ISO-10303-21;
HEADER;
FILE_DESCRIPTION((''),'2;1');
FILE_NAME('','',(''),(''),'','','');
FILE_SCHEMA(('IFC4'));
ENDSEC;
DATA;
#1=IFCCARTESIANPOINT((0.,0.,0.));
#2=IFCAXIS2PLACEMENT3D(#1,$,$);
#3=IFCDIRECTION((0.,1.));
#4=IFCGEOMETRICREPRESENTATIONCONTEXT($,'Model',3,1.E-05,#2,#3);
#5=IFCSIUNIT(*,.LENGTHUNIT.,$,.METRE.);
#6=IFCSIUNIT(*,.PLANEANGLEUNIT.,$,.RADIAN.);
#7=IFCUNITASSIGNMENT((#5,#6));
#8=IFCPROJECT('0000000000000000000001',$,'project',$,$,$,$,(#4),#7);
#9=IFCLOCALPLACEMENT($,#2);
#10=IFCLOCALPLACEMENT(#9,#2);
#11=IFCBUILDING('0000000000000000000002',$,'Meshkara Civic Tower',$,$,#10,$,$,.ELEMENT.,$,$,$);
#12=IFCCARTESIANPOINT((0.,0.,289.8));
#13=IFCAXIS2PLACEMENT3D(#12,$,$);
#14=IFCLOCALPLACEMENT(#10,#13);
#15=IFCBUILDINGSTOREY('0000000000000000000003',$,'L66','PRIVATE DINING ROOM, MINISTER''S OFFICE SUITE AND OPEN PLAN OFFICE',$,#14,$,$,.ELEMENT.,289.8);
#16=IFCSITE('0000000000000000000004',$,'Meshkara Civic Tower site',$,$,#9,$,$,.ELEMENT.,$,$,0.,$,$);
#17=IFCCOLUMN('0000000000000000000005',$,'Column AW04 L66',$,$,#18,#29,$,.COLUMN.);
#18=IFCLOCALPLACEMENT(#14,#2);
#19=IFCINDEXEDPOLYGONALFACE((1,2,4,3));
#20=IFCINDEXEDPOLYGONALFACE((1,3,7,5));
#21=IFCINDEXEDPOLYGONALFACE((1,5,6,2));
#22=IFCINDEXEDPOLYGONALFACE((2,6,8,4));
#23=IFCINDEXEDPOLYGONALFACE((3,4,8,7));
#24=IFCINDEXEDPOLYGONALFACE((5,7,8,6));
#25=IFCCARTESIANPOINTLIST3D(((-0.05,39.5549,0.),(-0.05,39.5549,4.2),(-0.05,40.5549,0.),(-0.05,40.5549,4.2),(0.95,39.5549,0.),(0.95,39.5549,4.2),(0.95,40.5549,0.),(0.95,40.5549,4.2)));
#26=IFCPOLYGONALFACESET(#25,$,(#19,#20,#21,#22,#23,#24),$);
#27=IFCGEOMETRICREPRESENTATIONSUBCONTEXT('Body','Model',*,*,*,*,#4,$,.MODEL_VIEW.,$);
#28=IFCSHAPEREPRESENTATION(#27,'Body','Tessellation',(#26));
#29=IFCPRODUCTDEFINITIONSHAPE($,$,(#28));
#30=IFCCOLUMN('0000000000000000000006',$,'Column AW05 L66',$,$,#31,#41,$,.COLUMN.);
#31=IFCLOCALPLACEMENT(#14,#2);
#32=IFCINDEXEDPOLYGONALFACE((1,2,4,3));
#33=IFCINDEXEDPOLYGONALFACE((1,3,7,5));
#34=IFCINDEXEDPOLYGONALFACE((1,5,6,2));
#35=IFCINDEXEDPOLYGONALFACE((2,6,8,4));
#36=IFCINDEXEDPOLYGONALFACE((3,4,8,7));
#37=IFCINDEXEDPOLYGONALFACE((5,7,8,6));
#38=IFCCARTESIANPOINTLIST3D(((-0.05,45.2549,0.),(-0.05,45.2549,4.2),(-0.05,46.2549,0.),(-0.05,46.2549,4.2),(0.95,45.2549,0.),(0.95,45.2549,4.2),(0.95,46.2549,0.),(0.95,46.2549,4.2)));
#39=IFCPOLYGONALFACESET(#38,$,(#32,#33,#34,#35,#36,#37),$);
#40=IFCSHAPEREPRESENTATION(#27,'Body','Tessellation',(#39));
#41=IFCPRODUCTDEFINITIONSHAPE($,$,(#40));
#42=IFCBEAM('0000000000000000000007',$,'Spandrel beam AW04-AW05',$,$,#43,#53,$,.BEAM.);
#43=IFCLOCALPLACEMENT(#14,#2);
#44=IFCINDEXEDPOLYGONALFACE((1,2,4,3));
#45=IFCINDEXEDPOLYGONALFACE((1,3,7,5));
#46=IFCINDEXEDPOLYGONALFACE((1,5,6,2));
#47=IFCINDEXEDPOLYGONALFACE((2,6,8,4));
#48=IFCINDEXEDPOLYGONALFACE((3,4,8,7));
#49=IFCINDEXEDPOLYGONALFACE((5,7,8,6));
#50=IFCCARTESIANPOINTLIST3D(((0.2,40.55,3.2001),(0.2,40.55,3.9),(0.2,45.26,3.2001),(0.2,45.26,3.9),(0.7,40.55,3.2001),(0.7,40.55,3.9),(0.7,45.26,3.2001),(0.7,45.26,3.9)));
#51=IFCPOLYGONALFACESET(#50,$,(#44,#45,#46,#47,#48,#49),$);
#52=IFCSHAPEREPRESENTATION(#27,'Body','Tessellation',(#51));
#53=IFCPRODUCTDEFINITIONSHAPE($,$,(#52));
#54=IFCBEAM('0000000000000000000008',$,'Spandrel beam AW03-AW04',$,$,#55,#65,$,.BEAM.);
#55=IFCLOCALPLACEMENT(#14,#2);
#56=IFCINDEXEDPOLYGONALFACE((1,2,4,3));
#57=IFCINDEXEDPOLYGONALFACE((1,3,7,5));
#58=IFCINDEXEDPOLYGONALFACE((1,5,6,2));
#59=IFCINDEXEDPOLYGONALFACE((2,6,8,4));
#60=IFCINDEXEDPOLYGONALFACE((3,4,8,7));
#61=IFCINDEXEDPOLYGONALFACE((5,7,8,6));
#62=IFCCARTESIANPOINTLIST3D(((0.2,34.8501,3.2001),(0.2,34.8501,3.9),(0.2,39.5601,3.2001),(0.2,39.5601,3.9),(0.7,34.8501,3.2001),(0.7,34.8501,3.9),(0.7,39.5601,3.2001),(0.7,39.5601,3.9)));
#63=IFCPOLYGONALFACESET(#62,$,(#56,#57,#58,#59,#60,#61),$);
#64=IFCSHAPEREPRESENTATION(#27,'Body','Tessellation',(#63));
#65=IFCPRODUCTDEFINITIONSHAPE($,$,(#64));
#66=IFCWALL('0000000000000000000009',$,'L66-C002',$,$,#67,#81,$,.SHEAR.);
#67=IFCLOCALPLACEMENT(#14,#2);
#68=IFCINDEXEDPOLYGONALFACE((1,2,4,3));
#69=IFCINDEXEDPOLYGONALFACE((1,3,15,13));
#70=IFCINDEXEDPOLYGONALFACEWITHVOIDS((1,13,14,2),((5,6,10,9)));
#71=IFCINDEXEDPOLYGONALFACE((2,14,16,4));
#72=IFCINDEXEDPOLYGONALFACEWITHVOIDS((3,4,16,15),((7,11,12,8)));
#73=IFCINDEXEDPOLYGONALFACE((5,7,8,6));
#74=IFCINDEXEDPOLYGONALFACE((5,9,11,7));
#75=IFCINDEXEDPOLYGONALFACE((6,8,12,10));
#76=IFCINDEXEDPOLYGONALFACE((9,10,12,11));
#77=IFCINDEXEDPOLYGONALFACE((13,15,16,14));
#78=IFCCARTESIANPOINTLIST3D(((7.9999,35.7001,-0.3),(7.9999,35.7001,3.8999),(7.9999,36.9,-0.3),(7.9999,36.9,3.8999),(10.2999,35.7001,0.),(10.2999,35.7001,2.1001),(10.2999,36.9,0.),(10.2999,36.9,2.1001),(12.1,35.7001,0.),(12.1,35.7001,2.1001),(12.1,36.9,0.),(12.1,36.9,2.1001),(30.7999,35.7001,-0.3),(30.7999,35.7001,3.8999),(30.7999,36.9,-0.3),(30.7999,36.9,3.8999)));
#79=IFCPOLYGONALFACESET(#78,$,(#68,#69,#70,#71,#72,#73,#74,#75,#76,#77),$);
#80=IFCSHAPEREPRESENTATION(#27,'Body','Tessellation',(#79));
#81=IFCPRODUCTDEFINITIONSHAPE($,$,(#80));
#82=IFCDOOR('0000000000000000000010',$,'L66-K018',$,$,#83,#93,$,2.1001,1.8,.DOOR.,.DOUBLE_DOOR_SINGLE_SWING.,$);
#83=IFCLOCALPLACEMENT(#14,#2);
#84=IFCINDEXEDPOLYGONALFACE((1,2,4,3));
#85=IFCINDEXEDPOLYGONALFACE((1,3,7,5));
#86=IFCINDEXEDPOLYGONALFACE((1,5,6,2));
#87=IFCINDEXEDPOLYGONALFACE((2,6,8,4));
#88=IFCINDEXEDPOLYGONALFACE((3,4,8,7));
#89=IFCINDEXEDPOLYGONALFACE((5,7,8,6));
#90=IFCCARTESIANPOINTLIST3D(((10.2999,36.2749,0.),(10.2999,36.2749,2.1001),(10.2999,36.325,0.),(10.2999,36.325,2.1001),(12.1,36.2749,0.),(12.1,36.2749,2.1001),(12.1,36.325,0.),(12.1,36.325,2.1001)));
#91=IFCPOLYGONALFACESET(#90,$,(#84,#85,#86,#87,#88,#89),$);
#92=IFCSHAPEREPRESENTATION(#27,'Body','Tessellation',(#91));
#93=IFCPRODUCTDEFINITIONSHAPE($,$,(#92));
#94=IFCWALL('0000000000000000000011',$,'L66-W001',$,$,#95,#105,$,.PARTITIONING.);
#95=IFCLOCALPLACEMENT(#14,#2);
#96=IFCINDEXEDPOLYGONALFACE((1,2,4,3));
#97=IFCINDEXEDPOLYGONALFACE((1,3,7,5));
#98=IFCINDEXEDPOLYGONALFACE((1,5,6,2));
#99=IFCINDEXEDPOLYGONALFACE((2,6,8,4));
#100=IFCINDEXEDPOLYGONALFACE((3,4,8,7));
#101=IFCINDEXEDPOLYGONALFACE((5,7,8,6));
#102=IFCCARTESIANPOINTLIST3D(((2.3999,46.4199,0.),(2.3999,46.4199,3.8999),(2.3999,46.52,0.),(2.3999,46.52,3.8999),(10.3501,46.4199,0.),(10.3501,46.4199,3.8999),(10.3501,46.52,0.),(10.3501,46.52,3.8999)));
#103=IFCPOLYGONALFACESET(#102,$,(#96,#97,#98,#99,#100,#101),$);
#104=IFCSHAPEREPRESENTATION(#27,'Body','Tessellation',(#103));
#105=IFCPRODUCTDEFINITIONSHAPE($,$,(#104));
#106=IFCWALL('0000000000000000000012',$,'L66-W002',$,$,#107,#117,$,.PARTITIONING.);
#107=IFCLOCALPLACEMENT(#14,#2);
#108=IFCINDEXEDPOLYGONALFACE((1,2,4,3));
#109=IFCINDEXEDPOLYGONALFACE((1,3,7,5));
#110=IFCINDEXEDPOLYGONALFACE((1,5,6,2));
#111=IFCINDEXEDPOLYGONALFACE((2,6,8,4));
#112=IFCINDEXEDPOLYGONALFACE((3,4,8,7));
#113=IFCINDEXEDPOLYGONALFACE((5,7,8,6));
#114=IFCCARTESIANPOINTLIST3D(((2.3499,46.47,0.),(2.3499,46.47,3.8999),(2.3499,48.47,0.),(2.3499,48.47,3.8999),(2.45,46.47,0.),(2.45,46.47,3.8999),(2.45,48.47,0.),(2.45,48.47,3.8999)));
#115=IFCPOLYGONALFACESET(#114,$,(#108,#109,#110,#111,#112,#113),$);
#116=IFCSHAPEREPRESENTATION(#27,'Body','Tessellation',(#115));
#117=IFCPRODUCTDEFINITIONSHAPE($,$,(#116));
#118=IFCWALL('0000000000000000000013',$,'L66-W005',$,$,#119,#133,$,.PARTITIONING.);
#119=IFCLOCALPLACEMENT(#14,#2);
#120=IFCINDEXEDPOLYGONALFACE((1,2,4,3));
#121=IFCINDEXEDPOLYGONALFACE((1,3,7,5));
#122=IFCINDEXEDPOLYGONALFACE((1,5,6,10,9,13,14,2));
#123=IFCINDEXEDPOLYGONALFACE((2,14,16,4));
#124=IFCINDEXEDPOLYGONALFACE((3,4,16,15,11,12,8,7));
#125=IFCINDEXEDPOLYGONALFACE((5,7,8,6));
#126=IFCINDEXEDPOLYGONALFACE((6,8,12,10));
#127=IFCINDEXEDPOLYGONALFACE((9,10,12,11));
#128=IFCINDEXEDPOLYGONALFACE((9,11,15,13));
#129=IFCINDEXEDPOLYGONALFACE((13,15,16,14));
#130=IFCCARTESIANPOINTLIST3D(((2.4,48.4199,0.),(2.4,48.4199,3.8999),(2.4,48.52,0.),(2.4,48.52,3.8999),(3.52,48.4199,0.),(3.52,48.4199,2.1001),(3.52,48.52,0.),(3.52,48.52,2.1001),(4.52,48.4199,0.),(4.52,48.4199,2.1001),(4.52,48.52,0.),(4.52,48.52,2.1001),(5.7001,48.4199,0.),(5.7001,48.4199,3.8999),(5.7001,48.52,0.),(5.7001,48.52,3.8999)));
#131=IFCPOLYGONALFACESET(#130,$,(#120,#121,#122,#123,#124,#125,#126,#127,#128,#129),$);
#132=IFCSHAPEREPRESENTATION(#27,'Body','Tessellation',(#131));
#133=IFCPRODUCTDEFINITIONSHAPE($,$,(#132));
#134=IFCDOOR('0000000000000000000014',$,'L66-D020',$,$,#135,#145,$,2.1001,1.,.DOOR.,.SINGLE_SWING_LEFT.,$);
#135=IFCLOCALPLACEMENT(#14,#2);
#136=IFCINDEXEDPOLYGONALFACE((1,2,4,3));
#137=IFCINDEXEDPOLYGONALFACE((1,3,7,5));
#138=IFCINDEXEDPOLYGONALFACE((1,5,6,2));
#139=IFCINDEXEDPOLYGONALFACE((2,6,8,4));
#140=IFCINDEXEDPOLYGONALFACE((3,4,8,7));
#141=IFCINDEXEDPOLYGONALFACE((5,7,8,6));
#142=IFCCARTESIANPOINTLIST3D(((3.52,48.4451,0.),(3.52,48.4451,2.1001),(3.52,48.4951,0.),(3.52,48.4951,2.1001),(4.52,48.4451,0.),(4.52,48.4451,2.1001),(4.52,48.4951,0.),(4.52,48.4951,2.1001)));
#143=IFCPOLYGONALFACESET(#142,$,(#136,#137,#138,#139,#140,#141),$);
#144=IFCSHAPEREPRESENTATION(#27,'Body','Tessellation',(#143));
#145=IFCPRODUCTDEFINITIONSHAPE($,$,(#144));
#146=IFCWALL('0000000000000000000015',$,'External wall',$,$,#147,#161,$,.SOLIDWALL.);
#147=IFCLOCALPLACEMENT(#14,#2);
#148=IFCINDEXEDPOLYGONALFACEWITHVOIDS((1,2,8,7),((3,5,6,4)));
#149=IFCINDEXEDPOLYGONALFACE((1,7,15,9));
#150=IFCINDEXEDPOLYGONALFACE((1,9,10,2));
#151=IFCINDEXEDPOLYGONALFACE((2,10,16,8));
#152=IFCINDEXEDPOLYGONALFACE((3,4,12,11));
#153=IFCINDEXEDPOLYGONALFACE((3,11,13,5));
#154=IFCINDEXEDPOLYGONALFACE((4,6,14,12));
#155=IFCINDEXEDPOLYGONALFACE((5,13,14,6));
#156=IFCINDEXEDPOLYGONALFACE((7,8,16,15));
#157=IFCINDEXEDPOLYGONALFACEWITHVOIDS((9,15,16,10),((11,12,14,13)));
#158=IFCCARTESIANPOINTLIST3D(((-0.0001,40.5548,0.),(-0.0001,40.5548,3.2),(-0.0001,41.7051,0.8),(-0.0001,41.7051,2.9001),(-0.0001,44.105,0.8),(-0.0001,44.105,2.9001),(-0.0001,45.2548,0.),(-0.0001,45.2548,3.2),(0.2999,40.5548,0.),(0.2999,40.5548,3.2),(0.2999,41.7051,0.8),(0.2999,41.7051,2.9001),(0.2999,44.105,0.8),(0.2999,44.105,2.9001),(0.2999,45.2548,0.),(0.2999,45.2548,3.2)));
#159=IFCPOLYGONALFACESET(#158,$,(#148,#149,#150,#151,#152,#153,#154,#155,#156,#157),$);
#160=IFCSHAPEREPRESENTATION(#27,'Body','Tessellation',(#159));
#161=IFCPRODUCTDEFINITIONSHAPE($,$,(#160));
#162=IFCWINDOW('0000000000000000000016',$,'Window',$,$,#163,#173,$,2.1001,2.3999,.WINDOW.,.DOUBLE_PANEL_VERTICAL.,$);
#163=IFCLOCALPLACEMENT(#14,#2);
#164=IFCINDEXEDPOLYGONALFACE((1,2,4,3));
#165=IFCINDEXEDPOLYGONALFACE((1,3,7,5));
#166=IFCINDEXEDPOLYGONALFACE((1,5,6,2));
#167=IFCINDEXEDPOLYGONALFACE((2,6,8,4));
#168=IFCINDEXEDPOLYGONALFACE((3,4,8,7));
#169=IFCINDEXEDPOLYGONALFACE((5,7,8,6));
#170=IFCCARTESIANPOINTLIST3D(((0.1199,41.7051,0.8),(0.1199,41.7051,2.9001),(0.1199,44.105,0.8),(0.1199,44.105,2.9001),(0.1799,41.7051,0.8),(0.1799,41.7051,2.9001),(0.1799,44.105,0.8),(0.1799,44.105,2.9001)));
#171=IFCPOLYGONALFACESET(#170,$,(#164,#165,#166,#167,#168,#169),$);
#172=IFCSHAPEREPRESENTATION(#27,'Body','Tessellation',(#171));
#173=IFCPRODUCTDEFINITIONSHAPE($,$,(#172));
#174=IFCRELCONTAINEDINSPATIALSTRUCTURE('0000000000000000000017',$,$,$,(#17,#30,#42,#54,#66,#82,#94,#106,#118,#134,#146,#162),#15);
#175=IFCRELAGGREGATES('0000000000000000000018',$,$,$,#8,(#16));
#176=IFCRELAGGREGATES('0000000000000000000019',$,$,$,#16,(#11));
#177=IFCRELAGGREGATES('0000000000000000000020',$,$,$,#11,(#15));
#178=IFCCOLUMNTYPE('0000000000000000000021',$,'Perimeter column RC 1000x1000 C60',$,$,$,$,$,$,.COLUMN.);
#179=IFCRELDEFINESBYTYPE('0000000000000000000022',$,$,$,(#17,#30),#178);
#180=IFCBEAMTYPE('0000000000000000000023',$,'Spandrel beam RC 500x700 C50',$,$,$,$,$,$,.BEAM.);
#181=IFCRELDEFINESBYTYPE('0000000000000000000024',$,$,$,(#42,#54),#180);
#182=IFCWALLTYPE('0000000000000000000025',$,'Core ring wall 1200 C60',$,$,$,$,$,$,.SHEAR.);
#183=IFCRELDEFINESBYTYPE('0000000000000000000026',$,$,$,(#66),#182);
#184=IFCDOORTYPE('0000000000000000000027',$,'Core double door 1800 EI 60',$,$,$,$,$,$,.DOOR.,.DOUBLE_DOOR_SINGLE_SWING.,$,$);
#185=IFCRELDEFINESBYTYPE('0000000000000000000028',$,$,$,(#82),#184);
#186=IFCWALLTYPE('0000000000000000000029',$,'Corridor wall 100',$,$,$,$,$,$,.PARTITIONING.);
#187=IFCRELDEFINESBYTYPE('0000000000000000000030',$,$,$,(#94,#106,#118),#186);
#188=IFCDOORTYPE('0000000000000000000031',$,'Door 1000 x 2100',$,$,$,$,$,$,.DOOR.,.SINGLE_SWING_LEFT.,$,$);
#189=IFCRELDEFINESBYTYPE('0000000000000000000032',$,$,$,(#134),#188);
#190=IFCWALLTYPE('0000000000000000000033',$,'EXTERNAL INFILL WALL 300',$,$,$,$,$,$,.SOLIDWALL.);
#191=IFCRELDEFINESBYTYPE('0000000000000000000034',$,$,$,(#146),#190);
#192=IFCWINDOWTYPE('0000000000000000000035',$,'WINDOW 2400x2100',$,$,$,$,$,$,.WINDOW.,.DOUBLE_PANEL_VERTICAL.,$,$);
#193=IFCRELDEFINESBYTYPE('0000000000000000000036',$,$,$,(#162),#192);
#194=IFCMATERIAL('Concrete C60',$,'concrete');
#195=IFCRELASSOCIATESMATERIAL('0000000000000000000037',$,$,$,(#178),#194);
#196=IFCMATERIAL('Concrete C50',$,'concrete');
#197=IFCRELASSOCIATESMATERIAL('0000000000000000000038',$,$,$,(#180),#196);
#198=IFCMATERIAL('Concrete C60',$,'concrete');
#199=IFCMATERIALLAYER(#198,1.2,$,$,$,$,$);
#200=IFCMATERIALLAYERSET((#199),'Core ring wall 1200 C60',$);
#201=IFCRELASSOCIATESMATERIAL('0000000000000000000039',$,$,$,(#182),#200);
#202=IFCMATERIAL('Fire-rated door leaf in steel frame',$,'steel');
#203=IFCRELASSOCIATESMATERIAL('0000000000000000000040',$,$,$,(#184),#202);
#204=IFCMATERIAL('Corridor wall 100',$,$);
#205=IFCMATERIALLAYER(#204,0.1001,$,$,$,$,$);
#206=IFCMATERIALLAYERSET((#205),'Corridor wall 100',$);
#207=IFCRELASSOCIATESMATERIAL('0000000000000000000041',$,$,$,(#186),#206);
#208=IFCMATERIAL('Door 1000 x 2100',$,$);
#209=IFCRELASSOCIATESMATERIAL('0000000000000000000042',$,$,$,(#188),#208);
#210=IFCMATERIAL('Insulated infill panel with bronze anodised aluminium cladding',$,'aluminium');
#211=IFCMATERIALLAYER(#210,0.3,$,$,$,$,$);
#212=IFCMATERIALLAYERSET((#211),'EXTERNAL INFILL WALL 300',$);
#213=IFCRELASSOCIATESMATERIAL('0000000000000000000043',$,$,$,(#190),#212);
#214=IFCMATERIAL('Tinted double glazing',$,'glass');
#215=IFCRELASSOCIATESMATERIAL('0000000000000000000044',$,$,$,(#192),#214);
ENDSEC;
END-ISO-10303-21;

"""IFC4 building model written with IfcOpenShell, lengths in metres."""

from ifc_helpers import new_model, si_unit, direction, frame, frame_2d, origin, origin_2d, place, context, subcontext, project, spatial, rectangle, extrude, material, layer, layer_set, material_profile, profile_set, type_object, element, fill, save


model = new_model("IFC4")

# Units and contexts
model_context = context("Model", 3, precision=1e-05, world=origin(), true_north=direction((0.0, 1.0)))
body_context = subcontext(model_context, "Body", "Model", "MODEL_VIEW")
ifc_project = project(units=[si_unit("LENGTHUNIT", "METRE"), si_unit("PLANEANGLEUNIT", "RADIAN")], contexts=[model_context])

# Site, building, storey
site_placement = place(None, origin())
site = spatial("IfcSite", under=ifc_project, at=site_placement, Name="Meshkara Civic Tower site", CompositionType="ELEMENT", RefElevation=0.0)
building_placement = place(site_placement, origin())
building = spatial("IfcBuilding", under=site, at=building_placement, Name="Meshkara Civic Tower", CompositionType="ELEMENT")
storey_placement = place(building_placement, frame((0.0, 0.0, 289.8)))
storey = spatial("IfcBuildingStorey", under=building, at=storey_placement, Name="L66", Description="PRIVATE DINING ROOM, MINISTER'S OFFICE SUITE AND OPEN PLAN OFFICE", CompositionType="ELEMENT", Elevation=289.8)

# Columns
ifc_material_1 = material(Name="Concrete C60", Category="concrete")
ifc_material_profile_1 = material_profile(ifc_material_1, rectangle(XDim=1.0, YDim=1.0, at=origin_2d()))
ifc_profile_set_1 = profile_set([ifc_material_profile_1], Name="Concrete C60")
column_type = type_object("IfcColumnType", Name="Perimeter column RC 1000x1000 C60", PredefinedType="COLUMN", material=ifc_profile_set_1)
for number, where, z_axis, x_axis, name in (
    (1, (0.45, 40.0549, 0.0), (0.0, 0.0, 1.0), (1.0, 0.0, 0.0), "Column AW04 L66"),
    (2, (0.45, 45.7549, 0.0), (0.0, 0.0, 1.0), (1.0, 0.0, 0.0), "Column AW05 L66"),
):
    element("IfcColumn", number, at=place(storey_placement, frame(where, z_axis=z_axis, x_axis=x_axis)), inside=storey, type_object=column_type, Name=name, PredefinedType="COLUMN", context=body_context, shape_type="SweptSolid", body=[
        extrude(rectangle(XDim=1.0, YDim=1.0, at=origin_2d()), origin(), (0.0, 0.0, 1.0), 4.2),
    ])

# Beams
ifc_material_2 = material(Name="Concrete C50", Category="concrete")
ifc_material_profile_2 = material_profile(ifc_material_2, rectangle(XDim=0.5, YDim=0.7, at=origin_2d()))
ifc_profile_set_2 = profile_set([ifc_material_profile_2], Name="Concrete C50")
beam_type = type_object("IfcBeamType", Name="Spandrel beam RC 500x700 C50", PredefinedType="BEAM", material=ifc_profile_set_2)
for number, where, z_axis, x_axis, name in (
    (3, (0.45, 45.26, 3.55), (0.0, -1.0, 0.0), (1.0, 0.0, 0.0), "Spandrel beam AW04-AW05"),
    (4, (0.45, 39.5601, 3.55), (0.0, -1.0, 0.0), (1.0, 0.0, 0.0), "Spandrel beam AW03-AW04"),
):
    element("IfcBeam", number, at=place(storey_placement, frame(where, z_axis=z_axis, x_axis=x_axis)), inside=storey, type_object=beam_type, Name=name, PredefinedType="BEAM", context=body_context, shape_type="SweptSolid", body=[
        extrude(rectangle(XDim=0.5, YDim=0.7, at=origin_2d()), origin(), (0.0, 0.0, 1.0), 4.71),
    ])

# Wall, opening, door
ifc_material_3 = material(Name="Concrete C60", Category="concrete")
ifc_layer_1 = layer(ifc_material_3, 1.2)
ifc_layer_set_1 = layer_set([ifc_layer_1], Name="Core ring wall 1200 C60")
wall_type_1 = type_object("IfcWallType", Name="Core ring wall 1200 C60", PredefinedType="SHEAR", material=ifc_layer_set_1)
wall_1_placement = place(storey_placement, frame((8.0, 36.3, -0.3), z_axis=(0.0, 0.0, 1.0), x_axis=(1.0, 0.0, 0.0)))
wall_1 = element("IfcWall", 5, at=wall_1_placement, inside=storey, type_object=wall_type_1, Name="L66-C002", PredefinedType="SHEAR", context=body_context, shape_type="SweptSolid", body=[
    extrude(rectangle(XDim=22.8, YDim=1.2, at=frame_2d((11.3999, 0.0))), origin(), (0.0, 0.0, 1.0), 4.2),
])
opening_1_placement = place(wall_1_placement, frame((2.3, 0.0, 0.3)))
opening_1 = element("IfcOpeningElement", 6, at=opening_1_placement, cuts=wall_1, PredefinedType="OPENING", context=body_context, shape_type="SweptSolid", body=[
    extrude(rectangle(XDim=1.8, YDim=2.1001, at=frame_2d((0.8999, 1.05))), frame((0.0, 0.6099, 0.0), z_axis=(0.0, -1.0, 0.0), x_axis=(1.0, 0.0, 0.0)), (0.0, 0.0, 1.0), 1.22),
])
ifc_material_4 = material(Name="Fire-rated door leaf in steel frame", Category="steel")
door_type_1 = type_object("IfcDoorType", Name="Core double door 1800 EI 60", OperationType="DOUBLE_DOOR_SINGLE_SWING", PredefinedType="DOOR", material=ifc_material_4)
door_1_placement = place(opening_1_placement, origin())
door_1 = element("IfcDoor", 7, at=door_1_placement, inside=storey, type_object=door_type_1, Name="L66-K018", OperationType="DOUBLE_DOOR_SINGLE_SWING", OverallHeight=2.1001, OverallWidth=1.8, PredefinedType="DOOR", context=body_context, shape_type="SweptSolid", body=[
    extrude(rectangle(XDim=1.8, YDim=2.1001, at=frame_2d((0.8999, 1.05))), frame((0.0, 0.0249, 0.0), z_axis=(0.0, -1.0, 0.0), x_axis=(1.0, 0.0, 0.0)), (0.0, 0.0, 1.0), 0.05),
])
fill(opening_1, door_1)

# Walls
ifc_material_5 = material(Name="Corridor wall 100")
ifc_layer_2 = layer(ifc_material_5, 0.1001)
ifc_layer_set_2 = layer_set([ifc_layer_2], Name="Corridor wall 100")
wall_type_2 = type_object("IfcWallType", Name="Corridor wall 100", PredefinedType="PARTITIONING", material=ifc_layer_set_2)
wall_2_placement = place(storey_placement, frame((2.3999, 46.47, 0.0), z_axis=(0.0, 0.0, 1.0), x_axis=(1.0, 0.0, 0.0)))
element("IfcWall", 8, at=wall_2_placement, inside=storey, type_object=wall_type_2, Name="L66-W001", PredefinedType="PARTITIONING", context=body_context, shape_type="SweptSolid", body=[
    extrude(rectangle(XDim=7.9502, YDim=0.1001, at=frame_2d((3.9751, 0.0))), origin(), (0.0, 0.0, 1.0), 3.8999),
])
wall_3_placement = place(storey_placement, frame((2.3999, 48.47, 0.0), z_axis=(0.0, 0.0, 1.0), x_axis=(0.0, -1.0, 0.0)))
element("IfcWall", 9, at=wall_3_placement, inside=storey, type_object=wall_type_2, Name="L66-W002", PredefinedType="PARTITIONING", context=body_context, shape_type="SweptSolid", body=[
    extrude(rectangle(XDim=2.0, YDim=0.1001, at=frame_2d((1.0, 0.0))), origin(), (0.0, 0.0, 1.0), 3.8999),
])

# Wall, opening, door
wall_4_placement = place(storey_placement, frame((5.7, 48.47, 0.0), z_axis=(0.0, 0.0, 1.0), x_axis=(-1.0, 0.0, 0.0)))
wall_4 = element("IfcWall", 10, at=wall_4_placement, inside=storey, type_object=wall_type_2, Name="L66-W005", PredefinedType="PARTITIONING", context=body_context, shape_type="SweptSolid", body=[
    extrude(rectangle(XDim=3.3, YDim=0.1001, at=frame_2d((1.6499, 0.0))), origin(), (0.0, 0.0, 1.0), 3.8999),
])
opening_2_placement = place(wall_4_placement, frame((1.1799, 0.0, 0.0)))
opening_2 = element("IfcOpeningElement", 11, at=opening_2_placement, cuts=wall_4, PredefinedType="OPENING", context=body_context, shape_type="SweptSolid", body=[
    extrude(rectangle(XDim=1.0, YDim=2.1001, at=frame_2d((0.5, 1.05))), frame((0.0, 0.0601, 0.0), z_axis=(0.0, -1.0, 0.0), x_axis=(1.0, 0.0, 0.0)), (0.0, 0.0, 1.0), 0.1201),
])
ifc_material_6 = material(Name="Door 1000 x 2100")
door_type_2 = type_object("IfcDoorType", Name="Door 1000 x 2100", OperationType="SINGLE_SWING_LEFT", PredefinedType="DOOR", material=ifc_material_6)
door_2_placement = place(opening_2_placement, origin())
door_2 = element("IfcDoor", 12, at=door_2_placement, inside=storey, type_object=door_type_2, Name="L66-D020", OperationType="SINGLE_SWING_LEFT", OverallHeight=2.1001, OverallWidth=1.0, PredefinedType="DOOR", context=body_context, shape_type="SweptSolid", body=[
    extrude(rectangle(XDim=1.0, YDim=2.1001, at=frame_2d((0.5, 1.05))), frame((0.0, 0.0249, 0.0), z_axis=(0.0, -1.0, 0.0), x_axis=(1.0, 0.0, 0.0)), (0.0, 0.0, 1.0), 0.05),
])
fill(opening_2, door_2)

# Wall, opening, window
ifc_material_7 = material(Name="Insulated infill panel with bronze anodised aluminium cladding", Category="aluminium")
ifc_layer_3 = layer(ifc_material_7, 0.3)
ifc_layer_set_3 = layer_set([ifc_layer_3], Name="EXTERNAL INFILL WALL 300")
wall_type_3 = type_object("IfcWallType", Name="EXTERNAL INFILL WALL 300", PredefinedType="SOLIDWALL", material=ifc_layer_set_3)
wall_5_placement = place(storey_placement, frame((0.1499, 45.2549, 0.0), z_axis=(0.0, 0.0, 1.0), x_axis=(0.0, -1.0, 0.0)))
wall_5 = element("IfcWall", 13, at=wall_5_placement, inside=storey, type_object=wall_type_3, Name="External wall", PredefinedType="SOLIDWALL", context=body_context, shape_type="SweptSolid", body=[
    extrude(rectangle(XDim=4.7, YDim=0.3, at=frame_2d((2.3501, 0.0))), origin(), (0.0, 0.0, 1.0), 3.2),
])
opening_3_placement = place(wall_5_placement, frame((1.1499, 0.0, 0.8)))
opening_3 = element("IfcOpeningElement", 14, at=opening_3_placement, cuts=wall_5, PredefinedType="OPENING", context=body_context, shape_type="SweptSolid", body=[
    extrude(rectangle(XDim=2.3999, YDim=2.1001, at=frame_2d((1.2, 1.05))), frame((0.0, 0.1599, 0.0), z_axis=(0.0, -1.0, 0.0), x_axis=(1.0, 0.0, 0.0)), (0.0, 0.0, 1.0), 0.3201),
])
ifc_material_8 = material(Name="Tinted double glazing", Category="glass")
window_type = type_object("IfcWindowType", Name="WINDOW 2400x2100", PartitioningType="DOUBLE_PANEL_VERTICAL", PredefinedType="WINDOW", material=ifc_material_8)
window_1_placement = place(opening_3_placement, origin())
window_1 = element("IfcWindow", 15, at=window_1_placement, inside=storey, type_object=window_type, Name="Window", OverallHeight=2.1001, OverallWidth=2.3999, PartitioningType="DOUBLE_PANEL_VERTICAL", PredefinedType="WINDOW", context=body_context, shape_type="SweptSolid", body=[
    extrude(rectangle(XDim=2.3999, YDim=2.1001, at=frame_2d((1.2, 1.05))), frame((0.0, 0.03, 0.0), z_axis=(0.0, -1.0, 0.0), x_axis=(1.0, 0.0, 0.0)), (0.0, 0.0, 1.0), 0.0601),
])
fill(opening_3, window_1)

save(model, "model.ifc")
